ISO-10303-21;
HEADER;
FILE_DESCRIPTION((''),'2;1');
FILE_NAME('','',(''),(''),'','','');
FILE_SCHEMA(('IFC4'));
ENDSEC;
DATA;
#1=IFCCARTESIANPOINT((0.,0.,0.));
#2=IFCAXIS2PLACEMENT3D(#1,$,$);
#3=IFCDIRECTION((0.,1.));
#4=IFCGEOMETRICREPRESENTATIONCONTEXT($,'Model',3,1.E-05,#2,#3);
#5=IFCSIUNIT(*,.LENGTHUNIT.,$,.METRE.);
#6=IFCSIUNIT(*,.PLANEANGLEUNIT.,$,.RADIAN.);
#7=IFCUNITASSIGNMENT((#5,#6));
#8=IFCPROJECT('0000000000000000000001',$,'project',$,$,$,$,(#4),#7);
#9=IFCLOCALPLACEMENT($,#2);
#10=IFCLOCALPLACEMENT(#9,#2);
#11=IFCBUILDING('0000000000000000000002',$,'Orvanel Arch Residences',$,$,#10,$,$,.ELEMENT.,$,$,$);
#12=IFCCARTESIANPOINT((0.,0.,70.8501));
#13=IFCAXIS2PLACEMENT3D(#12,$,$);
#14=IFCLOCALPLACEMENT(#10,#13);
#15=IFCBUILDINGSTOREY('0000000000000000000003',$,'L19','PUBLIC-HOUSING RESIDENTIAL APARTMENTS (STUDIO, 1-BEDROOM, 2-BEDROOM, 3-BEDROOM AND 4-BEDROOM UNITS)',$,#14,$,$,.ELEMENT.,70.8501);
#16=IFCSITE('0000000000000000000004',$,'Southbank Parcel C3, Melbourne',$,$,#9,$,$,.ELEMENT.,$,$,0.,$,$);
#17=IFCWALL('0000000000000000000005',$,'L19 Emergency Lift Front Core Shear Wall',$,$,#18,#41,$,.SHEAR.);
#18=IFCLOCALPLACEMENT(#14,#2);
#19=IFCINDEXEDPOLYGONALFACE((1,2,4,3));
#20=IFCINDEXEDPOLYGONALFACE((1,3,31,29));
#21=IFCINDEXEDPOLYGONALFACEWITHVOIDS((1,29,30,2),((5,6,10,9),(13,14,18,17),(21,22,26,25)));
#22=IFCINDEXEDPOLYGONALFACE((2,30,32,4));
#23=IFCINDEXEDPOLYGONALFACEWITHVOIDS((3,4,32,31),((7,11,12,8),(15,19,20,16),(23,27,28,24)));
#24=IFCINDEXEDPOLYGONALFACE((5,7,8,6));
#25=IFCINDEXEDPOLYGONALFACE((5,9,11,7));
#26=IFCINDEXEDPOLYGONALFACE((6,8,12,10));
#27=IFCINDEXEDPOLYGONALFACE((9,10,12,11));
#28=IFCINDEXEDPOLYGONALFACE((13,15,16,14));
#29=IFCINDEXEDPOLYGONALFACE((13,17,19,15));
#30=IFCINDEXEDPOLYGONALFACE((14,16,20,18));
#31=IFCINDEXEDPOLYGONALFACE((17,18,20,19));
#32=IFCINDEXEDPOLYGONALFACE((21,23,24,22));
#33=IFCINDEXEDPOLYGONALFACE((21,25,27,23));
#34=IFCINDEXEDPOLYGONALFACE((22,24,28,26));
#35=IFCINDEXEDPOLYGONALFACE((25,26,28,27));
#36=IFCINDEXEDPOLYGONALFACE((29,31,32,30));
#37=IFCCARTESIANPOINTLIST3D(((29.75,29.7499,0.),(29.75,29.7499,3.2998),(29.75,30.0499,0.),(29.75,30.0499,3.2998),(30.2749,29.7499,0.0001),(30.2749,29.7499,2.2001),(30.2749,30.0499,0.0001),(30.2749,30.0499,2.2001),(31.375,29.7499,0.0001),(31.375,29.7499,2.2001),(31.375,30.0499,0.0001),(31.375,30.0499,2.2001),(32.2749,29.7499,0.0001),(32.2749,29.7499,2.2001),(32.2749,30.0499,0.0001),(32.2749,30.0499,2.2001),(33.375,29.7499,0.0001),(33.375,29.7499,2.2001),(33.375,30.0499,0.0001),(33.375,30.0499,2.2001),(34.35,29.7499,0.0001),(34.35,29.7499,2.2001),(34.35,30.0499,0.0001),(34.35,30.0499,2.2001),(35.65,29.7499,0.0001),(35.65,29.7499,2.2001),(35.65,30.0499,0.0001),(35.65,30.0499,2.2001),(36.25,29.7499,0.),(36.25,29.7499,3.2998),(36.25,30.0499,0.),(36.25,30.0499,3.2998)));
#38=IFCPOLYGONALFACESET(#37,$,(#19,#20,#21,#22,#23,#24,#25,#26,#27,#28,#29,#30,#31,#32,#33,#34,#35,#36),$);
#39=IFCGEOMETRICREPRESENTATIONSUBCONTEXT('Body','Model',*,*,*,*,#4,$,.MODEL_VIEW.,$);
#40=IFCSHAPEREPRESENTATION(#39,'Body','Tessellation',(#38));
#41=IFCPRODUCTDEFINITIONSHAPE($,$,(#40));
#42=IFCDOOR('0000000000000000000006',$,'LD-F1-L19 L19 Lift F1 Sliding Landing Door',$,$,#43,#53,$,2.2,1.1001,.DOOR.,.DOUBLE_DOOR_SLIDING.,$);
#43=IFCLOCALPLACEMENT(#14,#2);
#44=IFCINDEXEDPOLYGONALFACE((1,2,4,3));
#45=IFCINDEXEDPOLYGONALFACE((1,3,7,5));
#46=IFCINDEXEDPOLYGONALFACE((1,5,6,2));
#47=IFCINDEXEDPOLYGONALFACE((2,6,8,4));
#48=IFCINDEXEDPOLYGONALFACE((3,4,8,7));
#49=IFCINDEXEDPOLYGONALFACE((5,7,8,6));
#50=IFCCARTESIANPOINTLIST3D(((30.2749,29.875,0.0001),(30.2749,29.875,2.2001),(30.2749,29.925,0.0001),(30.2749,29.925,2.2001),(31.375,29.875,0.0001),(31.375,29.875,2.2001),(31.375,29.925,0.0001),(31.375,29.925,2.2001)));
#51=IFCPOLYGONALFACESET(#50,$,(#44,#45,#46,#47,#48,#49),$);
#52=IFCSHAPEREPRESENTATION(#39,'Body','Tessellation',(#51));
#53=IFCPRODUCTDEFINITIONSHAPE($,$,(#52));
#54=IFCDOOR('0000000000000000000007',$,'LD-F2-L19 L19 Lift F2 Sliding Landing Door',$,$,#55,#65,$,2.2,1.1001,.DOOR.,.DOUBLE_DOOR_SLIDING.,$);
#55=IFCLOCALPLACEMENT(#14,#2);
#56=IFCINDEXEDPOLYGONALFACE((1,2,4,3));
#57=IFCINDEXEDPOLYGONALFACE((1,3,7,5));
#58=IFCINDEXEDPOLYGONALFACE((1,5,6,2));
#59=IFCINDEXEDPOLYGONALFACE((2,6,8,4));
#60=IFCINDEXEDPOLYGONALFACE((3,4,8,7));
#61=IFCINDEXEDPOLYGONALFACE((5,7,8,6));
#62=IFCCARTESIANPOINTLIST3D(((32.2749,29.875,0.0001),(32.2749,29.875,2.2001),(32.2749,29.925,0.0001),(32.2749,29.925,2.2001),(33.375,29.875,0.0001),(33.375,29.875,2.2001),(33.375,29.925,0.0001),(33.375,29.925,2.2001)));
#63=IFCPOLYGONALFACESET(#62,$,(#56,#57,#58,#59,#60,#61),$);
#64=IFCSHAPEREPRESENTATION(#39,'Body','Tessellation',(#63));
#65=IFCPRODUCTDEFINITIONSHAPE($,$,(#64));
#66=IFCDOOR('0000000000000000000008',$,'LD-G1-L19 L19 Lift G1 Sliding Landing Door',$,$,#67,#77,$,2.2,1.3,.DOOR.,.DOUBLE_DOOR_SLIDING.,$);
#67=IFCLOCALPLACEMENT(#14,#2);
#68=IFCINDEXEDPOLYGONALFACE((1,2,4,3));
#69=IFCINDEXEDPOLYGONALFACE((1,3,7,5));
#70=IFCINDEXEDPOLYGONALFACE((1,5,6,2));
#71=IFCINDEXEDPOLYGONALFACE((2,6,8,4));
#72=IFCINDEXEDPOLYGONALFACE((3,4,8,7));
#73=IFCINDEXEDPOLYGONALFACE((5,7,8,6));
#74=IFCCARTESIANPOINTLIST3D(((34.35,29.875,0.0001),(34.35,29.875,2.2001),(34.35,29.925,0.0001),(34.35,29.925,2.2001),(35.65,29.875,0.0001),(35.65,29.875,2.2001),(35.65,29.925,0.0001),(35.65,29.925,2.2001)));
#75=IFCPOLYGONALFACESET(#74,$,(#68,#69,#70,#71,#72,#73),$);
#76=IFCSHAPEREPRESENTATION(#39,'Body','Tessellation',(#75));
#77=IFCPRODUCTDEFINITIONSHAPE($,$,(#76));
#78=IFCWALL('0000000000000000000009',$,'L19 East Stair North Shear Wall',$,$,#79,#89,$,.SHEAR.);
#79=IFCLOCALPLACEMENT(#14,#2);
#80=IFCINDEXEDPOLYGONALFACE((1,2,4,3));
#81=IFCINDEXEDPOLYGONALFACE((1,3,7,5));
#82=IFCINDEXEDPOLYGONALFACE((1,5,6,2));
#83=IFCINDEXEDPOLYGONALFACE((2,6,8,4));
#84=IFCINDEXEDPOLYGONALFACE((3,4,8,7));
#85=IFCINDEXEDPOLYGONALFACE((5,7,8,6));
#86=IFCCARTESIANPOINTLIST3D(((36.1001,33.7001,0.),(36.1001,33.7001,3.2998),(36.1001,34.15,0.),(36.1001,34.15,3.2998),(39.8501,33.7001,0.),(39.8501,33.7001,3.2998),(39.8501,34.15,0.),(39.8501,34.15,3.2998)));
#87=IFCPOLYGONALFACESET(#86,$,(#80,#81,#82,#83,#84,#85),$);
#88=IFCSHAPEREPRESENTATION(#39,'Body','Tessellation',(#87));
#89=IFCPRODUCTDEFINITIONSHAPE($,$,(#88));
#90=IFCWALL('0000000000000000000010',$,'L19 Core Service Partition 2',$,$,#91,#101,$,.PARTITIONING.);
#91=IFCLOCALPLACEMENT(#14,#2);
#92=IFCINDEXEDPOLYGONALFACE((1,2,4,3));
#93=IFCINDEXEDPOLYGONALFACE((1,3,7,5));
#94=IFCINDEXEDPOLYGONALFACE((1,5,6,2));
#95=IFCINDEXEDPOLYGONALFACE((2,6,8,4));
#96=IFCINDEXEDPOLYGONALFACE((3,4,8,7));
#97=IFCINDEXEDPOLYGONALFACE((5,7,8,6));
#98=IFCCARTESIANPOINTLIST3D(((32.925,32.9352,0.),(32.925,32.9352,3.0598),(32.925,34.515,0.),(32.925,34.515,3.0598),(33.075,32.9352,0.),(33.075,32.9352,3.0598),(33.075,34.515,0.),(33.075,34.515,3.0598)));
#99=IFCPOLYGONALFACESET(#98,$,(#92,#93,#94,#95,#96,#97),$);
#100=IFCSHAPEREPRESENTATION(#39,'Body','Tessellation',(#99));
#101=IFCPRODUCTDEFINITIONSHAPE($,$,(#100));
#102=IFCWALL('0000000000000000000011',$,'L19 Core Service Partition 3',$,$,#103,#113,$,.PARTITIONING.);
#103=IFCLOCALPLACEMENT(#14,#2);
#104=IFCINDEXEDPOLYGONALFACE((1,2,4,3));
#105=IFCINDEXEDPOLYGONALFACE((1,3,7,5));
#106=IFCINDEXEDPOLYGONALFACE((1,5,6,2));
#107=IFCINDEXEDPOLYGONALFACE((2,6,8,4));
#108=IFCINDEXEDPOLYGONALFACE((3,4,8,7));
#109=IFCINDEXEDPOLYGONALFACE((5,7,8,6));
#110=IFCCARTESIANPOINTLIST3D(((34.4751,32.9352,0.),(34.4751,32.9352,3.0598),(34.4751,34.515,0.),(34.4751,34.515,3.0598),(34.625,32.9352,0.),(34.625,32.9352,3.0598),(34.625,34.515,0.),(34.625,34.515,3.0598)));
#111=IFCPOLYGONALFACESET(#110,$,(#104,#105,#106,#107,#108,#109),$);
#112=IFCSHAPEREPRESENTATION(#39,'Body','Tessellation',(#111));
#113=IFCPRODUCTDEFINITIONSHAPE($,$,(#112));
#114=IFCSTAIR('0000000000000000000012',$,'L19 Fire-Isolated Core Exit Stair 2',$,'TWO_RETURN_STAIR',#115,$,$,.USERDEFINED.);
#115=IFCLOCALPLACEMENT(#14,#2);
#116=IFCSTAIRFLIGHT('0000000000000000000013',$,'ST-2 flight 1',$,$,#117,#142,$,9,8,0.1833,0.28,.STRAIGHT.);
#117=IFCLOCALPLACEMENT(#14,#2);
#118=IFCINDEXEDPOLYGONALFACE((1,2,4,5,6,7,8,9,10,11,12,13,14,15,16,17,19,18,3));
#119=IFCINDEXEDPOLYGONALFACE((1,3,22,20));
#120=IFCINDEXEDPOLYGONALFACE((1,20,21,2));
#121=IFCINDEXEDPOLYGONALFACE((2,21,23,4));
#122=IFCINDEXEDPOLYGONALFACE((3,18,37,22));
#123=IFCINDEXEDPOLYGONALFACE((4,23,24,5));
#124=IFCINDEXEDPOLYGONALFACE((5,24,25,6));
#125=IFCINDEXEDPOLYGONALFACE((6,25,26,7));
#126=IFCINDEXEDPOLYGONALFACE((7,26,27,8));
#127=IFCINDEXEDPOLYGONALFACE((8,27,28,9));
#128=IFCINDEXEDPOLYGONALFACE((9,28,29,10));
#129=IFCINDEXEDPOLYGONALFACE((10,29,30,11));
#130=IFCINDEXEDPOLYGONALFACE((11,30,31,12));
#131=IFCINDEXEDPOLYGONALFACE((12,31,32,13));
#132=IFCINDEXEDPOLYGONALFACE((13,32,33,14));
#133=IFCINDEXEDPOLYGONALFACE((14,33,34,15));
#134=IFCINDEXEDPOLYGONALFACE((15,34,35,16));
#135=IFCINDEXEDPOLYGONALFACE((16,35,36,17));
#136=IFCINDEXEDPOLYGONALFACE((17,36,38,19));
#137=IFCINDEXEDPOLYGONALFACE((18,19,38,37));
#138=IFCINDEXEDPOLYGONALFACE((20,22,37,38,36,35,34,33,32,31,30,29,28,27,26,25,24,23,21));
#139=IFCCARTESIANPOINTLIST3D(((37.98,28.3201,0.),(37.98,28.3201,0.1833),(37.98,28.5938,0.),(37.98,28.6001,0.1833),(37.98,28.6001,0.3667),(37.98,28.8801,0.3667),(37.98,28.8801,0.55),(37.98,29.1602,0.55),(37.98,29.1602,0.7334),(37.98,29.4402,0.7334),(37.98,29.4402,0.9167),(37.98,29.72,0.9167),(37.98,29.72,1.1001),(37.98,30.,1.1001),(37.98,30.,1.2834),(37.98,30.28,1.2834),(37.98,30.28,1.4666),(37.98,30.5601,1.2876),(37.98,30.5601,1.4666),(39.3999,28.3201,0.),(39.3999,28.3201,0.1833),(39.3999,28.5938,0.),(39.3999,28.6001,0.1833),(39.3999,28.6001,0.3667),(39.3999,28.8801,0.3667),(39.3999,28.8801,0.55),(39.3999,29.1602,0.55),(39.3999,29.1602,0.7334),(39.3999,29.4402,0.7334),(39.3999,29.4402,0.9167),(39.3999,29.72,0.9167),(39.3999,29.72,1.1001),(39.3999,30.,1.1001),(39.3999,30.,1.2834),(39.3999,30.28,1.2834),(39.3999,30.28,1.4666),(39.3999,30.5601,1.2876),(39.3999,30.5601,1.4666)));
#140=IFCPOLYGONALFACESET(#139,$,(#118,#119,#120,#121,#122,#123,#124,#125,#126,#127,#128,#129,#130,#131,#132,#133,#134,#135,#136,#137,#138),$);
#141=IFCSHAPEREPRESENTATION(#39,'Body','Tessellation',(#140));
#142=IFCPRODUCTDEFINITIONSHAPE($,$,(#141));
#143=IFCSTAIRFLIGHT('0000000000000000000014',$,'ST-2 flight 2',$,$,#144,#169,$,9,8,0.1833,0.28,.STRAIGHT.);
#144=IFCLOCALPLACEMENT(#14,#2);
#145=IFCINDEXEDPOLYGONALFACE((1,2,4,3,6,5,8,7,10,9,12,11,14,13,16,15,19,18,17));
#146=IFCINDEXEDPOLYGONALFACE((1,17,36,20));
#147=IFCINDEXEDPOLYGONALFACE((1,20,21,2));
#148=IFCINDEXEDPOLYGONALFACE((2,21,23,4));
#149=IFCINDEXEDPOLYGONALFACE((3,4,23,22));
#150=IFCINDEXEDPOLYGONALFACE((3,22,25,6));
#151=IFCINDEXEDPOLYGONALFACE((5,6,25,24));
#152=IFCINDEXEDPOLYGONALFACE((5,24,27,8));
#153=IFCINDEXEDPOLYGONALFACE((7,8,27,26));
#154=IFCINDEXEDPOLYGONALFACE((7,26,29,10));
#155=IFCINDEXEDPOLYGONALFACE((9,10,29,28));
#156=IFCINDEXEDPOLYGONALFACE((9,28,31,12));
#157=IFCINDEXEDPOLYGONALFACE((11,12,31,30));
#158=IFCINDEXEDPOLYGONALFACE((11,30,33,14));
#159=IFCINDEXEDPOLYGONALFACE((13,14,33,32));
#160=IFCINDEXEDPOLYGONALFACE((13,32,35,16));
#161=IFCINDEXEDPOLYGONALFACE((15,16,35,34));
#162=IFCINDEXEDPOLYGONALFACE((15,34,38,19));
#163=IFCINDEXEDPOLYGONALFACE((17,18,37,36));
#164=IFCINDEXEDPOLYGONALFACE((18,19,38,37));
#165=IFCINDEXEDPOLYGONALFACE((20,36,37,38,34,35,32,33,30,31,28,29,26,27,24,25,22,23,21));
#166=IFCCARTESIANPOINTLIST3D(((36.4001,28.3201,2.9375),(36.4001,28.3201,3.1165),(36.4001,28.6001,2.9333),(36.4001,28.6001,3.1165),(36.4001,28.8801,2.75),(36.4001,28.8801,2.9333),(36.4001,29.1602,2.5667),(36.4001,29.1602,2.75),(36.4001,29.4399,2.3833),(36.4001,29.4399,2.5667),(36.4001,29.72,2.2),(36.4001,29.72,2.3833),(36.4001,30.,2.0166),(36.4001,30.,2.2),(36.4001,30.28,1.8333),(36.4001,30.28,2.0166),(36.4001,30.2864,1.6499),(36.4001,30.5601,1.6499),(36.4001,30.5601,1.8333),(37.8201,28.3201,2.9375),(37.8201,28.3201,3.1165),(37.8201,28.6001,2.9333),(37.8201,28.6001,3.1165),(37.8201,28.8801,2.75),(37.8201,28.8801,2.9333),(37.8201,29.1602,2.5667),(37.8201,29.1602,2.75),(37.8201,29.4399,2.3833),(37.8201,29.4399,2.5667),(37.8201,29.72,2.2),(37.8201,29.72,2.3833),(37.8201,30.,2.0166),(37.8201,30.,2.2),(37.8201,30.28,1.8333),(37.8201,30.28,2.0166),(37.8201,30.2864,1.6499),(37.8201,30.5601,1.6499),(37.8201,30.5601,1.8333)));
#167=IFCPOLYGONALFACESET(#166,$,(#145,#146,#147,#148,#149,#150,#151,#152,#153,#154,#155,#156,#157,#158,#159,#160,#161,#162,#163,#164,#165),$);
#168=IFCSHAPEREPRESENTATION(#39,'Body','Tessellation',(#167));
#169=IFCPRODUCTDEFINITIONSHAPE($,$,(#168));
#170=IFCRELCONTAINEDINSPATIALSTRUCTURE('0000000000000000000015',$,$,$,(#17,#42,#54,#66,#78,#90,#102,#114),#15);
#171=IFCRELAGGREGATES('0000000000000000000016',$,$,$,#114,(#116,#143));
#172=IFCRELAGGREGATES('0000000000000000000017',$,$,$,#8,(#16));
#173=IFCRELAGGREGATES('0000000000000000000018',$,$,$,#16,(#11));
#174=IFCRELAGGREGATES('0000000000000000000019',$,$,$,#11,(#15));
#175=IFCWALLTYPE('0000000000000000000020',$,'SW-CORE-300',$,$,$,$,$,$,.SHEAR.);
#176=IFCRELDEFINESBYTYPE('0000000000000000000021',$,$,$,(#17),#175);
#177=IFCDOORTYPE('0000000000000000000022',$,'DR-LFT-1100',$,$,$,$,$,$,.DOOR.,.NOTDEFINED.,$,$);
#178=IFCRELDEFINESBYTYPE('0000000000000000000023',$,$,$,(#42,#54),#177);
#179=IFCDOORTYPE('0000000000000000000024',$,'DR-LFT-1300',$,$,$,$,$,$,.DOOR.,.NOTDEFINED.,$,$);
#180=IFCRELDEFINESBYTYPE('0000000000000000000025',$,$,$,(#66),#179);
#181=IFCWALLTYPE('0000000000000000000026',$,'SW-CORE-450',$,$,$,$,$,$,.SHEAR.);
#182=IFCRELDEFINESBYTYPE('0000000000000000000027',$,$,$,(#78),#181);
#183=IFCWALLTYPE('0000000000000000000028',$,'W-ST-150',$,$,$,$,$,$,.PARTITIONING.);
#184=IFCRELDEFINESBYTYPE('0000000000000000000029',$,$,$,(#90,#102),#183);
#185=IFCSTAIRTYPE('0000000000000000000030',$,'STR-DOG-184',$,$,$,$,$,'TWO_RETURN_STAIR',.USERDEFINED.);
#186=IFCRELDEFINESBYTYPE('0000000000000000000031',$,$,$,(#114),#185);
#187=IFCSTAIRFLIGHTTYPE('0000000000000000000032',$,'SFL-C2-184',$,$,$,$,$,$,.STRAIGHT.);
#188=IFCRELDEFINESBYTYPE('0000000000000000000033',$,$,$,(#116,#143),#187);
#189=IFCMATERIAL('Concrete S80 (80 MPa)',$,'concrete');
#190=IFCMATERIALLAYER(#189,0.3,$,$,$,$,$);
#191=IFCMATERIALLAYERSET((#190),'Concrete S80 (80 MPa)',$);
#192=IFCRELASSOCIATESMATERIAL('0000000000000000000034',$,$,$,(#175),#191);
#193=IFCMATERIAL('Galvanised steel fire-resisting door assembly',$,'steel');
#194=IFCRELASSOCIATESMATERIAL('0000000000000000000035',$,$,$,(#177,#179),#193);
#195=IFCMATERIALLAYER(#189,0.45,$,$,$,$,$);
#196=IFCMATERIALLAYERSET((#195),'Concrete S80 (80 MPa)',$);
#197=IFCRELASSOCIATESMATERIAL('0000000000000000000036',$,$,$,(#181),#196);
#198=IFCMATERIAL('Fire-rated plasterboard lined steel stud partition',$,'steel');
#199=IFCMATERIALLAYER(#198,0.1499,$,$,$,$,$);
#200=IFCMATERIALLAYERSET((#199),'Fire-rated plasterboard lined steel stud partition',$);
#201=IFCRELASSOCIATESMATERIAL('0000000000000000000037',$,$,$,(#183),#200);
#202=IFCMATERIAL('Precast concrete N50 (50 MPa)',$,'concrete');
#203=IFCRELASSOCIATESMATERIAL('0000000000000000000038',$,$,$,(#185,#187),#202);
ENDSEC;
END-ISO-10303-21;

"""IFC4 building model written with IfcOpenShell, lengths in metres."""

from ifc_helpers import new_model, si_unit, direction, frame, frame_2d, origin, place, context, subcontext, project, spatial, polyline, rectangle, outline, extrude, material, layer, layer_set, type_object, element, fill, aggregate, save


model = new_model("IFC4")

# Units and contexts
model_context = context("Model", 3, precision=1e-05, world=origin(), true_north=direction((0.0, 1.0)))
body_context = subcontext(model_context, "Body", "Model", "MODEL_VIEW")
ifc_project = project(units=[si_unit("LENGTHUNIT", "METRE"), si_unit("PLANEANGLEUNIT", "RADIAN")], contexts=[model_context])

# Site, building, storey
site_placement = place(None, origin())
site = spatial("IfcSite", under=ifc_project, at=site_placement, Name="Southbank Parcel C3, Melbourne", CompositionType="ELEMENT", RefElevation=0.0)
building_placement = place(site_placement, origin())
building = spatial("IfcBuilding", under=site, at=building_placement, Name="Orvanel Arch Residences", CompositionType="ELEMENT")
storey_placement = place(building_placement, frame((0.0, 0.0, 70.8501)))
storey = spatial("IfcBuildingStorey", under=building, at=storey_placement, Name="L19", Description="PUBLIC-HOUSING RESIDENTIAL APARTMENTS (STUDIO, 1-BEDROOM, 2-BEDROOM, 3-BEDROOM AND 4-BEDROOM UNITS)", CompositionType="ELEMENT", Elevation=70.8501)

# Shared definitions
ifc_material_1 = material(Name="Concrete S80 (80 MPa)", Category="concrete")
ifc_layer_1 = layer(ifc_material_1, 0.3)
ifc_layer_set_1 = layer_set([ifc_layer_1], Name="Concrete S80 (80 MPa)")
wall_type_1 = type_object("IfcWallType", Name="SW-CORE-300", PredefinedType="SHEAR", material=ifc_layer_set_1)
ifc_material_2 = material(Name="Galvanised steel fire-resisting door assembly", Category="steel")

# Wall, openings, doors
wall_1_placement = place(storey_placement, frame((36.25, 29.8999, 0.0), z_axis=(0.0, 0.0, 1.0), x_axis=(-1.0, 0.0, 0.0)))
wall_1 = element("IfcWall", 1, at=wall_1_placement, inside=storey, type_object=wall_type_1, Name="L19 Emergency Lift Front Core Shear Wall", PredefinedType="SHEAR", context=body_context, shape_type="SweptSolid", body=[
    extrude(rectangle(XDim=6.5, YDim=0.3, at=frame_2d((3.25, 0.0))), origin(), (0.0, 0.0, 1.0), 3.2998),
])
opening_1_placement = place(wall_1_placement, frame((4.875, 0.0, 0.0)))
opening_1 = element("IfcOpeningElement", 2, at=opening_1_placement, cuts=wall_1, PredefinedType="OPENING", context=body_context, shape_type="SweptSolid", body=[
    extrude(rectangle(XDim=1.1001, YDim=2.2, at=frame_2d((0.55, 1.1001))), frame((0.0, 0.1599, 0.0), z_axis=(0.0, -1.0, 0.0), x_axis=(1.0, 0.0, 0.0)), (0.0, 0.0, 1.0), 0.3201),
])
opening_2_placement = place(wall_1_placement, frame((2.875, 0.0, 0.0)))
opening_2 = element("IfcOpeningElement", 3, at=opening_2_placement, cuts=wall_1, PredefinedType="OPENING", context=body_context, shape_type="SweptSolid", body=[
    extrude(rectangle(XDim=1.1001, YDim=2.2, at=frame_2d((0.55, 1.1001))), frame((0.0, 0.1599, 0.0), z_axis=(0.0, -1.0, 0.0), x_axis=(1.0, 0.0, 0.0)), (0.0, 0.0, 1.0), 0.3201),
])
opening_3_placement = place(wall_1_placement, frame((0.6001, 0.0, 0.0)))
opening_3 = element("IfcOpeningElement", 4, at=opening_3_placement, cuts=wall_1, PredefinedType="OPENING", context=body_context, shape_type="SweptSolid", body=[
    extrude(rectangle(XDim=1.3, YDim=2.2, at=frame_2d((0.6499, 1.1001))), frame((0.0, 0.1599, 0.0), z_axis=(0.0, -1.0, 0.0), x_axis=(1.0, 0.0, 0.0)), (0.0, 0.0, 1.0), 0.3201),
])
door_type_1 = type_object("IfcDoorType", Name="DR-LFT-1100", OperationType="NOTDEFINED", PredefinedType="DOOR", material=ifc_material_2)
door_1_placement = place(opening_1_placement, origin())
door_1 = element("IfcDoor", 5, at=door_1_placement, inside=storey, type_object=door_type_1, Name="LD-F1-L19 L19 Lift F1 Sliding Landing Door", OperationType="DOUBLE_DOOR_SLIDING", OverallHeight=2.2, OverallWidth=1.1001, PredefinedType="DOOR", context=body_context, shape_type="SweptSolid", body=[
    extrude(rectangle(XDim=1.1001, YDim=2.2, at=frame_2d((0.55, 1.1001))), frame((0.0, 0.0249, 0.0), z_axis=(0.0, -1.0, 0.0), x_axis=(1.0, 0.0, 0.0)), (0.0, 0.0, 1.0), 0.05),
])
fill(opening_1, door_1)
door_2_placement = place(opening_2_placement, origin())
door_2 = element("IfcDoor", 6, at=door_2_placement, inside=storey, type_object=door_type_1, Name="LD-F2-L19 L19 Lift F2 Sliding Landing Door", OperationType="DOUBLE_DOOR_SLIDING", OverallHeight=2.2, OverallWidth=1.1001, PredefinedType="DOOR", context=body_context, shape_type="SweptSolid", body=[
    extrude(rectangle(XDim=1.1001, YDim=2.2, at=frame_2d((0.55, 1.1001))), frame((0.0, 0.0249, 0.0), z_axis=(0.0, -1.0, 0.0), x_axis=(1.0, 0.0, 0.0)), (0.0, 0.0, 1.0), 0.05),
])
fill(opening_2, door_2)
door_type_2 = type_object("IfcDoorType", Name="DR-LFT-1300", OperationType="NOTDEFINED", PredefinedType="DOOR", material=ifc_material_2)
door_3_placement = place(opening_3_placement, origin())
door_3 = element("IfcDoor", 7, at=door_3_placement, inside=storey, type_object=door_type_2, Name="LD-G1-L19 L19 Lift G1 Sliding Landing Door", OperationType="DOUBLE_DOOR_SLIDING", OverallHeight=2.2, OverallWidth=1.3, PredefinedType="DOOR", context=body_context, shape_type="SweptSolid", body=[
    extrude(rectangle(XDim=1.3, YDim=2.2, at=frame_2d((0.6499, 1.1001))), frame((0.0, 0.0249, 0.0), z_axis=(0.0, -1.0, 0.0), x_axis=(1.0, 0.0, 0.0)), (0.0, 0.0, 1.0), 0.05),
])
fill(opening_3, door_3)

# Walls
ifc_layer_2 = layer(ifc_material_1, 0.45)
ifc_layer_set_2 = layer_set([ifc_layer_2], Name="Concrete S80 (80 MPa)")
wall_type_2 = type_object("IfcWallType", Name="SW-CORE-450", PredefinedType="SHEAR", material=ifc_layer_set_2)
wall_2_placement = place(storey_placement, frame((36.1001, 33.925, 0.0), z_axis=(0.0, 0.0, 1.0), x_axis=(1.0, 0.0, 0.0)))
element("IfcWall", 8, at=wall_2_placement, inside=storey, type_object=wall_type_2, Name="L19 East Stair North Shear Wall", PredefinedType="SHEAR", context=body_context, shape_type="SweptSolid", body=[
    extrude(rectangle(XDim=3.75, YDim=0.45, at=frame_2d((1.875, 0.0))), origin(), (0.0, 0.0, 1.0), 3.2998),
])
ifc_material_3 = material(Name="Fire-rated plasterboard lined steel stud partition", Category="steel")
ifc_layer_3 = layer(ifc_material_3, 0.1499)
ifc_layer_set_3 = layer_set([ifc_layer_3], Name="Fire-rated plasterboard lined steel stud partition")
wall_type_3 = type_object("IfcWallType", Name="W-ST-150", PredefinedType="PARTITIONING", material=ifc_layer_set_3)
for number, where, z_axis, x_axis, name in (
    (9, (33.0, 32.9351, 0.0), (0.0, 0.0, 1.0), (0.0, 1.0, 0.0), "L19 Core Service Partition 2"),
    (10, (34.55, 32.9351, 0.0), (0.0, 0.0, 1.0), (0.0, 1.0, 0.0), "L19 Core Service Partition 3"),
):
    element("IfcWall", number, at=place(storey_placement, frame(where, z_axis=z_axis, x_axis=x_axis)), inside=storey, type_object=wall_type_3, Name=name, PredefinedType="PARTITIONING", context=body_context, shape_type="SweptSolid", body=[
        extrude(rectangle(XDim=1.5798, YDim=0.1499, at=frame_2d((0.79, 0.0))), origin(), (0.0, 0.0, 1.0), 3.0598),
    ])

# Stair, stair flights
ifc_material_4 = material(Name="Precast concrete N50 (50 MPa)", Category="concrete")
stair_type = type_object("IfcStairType", Name="STR-DOG-184", ElementType="TWO_RETURN_STAIR", PredefinedType="USERDEFINED", material=ifc_material_4)
stair_placement = place(storey_placement, origin())
stair = element("IfcStair", 11, at=stair_placement, inside=storey, type_object=stair_type, Name="L19 Fire-Isolated Core Exit Stair 2", ObjectType="TWO_RETURN_STAIR", PredefinedType="USERDEFINED")
stair_flight_type = type_object("IfcStairFlightType", Name="SFL-C2-184", PredefinedType="STRAIGHT", material=ifc_material_4)
stair_flight_1_placement = place(storey_placement, frame((38.6899, 28.3201, 0.0), z_axis=(0.0, 0.0, 1.0), x_axis=(0.0, 1.0, 0.0)))
stair_flight_1 = element("IfcStairFlight", 12, at=stair_flight_1_placement, type_object=stair_flight_type, Name="ST-2 flight 1", NumberOfRisers=9, NumberOfTreads=8, PredefinedType="STRAIGHT", RiserHeight=0.1833, TreadLength=0.28, context=body_context, shape_type="SweptSolid", body=[
    extrude(outline(polyline([(0.0, 0.0), (0.0, 0.1833), (0.28, 0.1833), (0.28, 0.3667), (0.5601, 0.3667), (0.5601, 0.55), (0.8401, 0.55), (0.8401, 0.7334), (1.1201, 0.7334), (1.1201, 0.9167), (1.3999, 0.9167), (1.3999, 1.1001), (1.6799, 1.1001), (1.6799, 1.2834), (1.96, 1.2834), (1.96, 1.4666), (2.24, 1.4666), (2.24, 1.6499), (2.24, 1.2876), (0.2737, 0.0), (0.0, 0.0)])), frame((0.0, 0.71, 0.0), z_axis=(0.0, -1.0, 0.0), x_axis=(1.0, 0.0, 0.0)), (0.0, 0.0, 1.0), 1.4199),
])
stair_flight_2_placement = place(storey_placement, frame((37.1101, 30.5601, 1.6499), z_axis=(0.0, 0.0, 1.0), x_axis=(0.0, -1.0, 0.0)))
stair_flight_2 = element("IfcStairFlight", 13, at=stair_flight_2_placement, type_object=stair_flight_type, Name="ST-2 flight 2", NumberOfRisers=9, NumberOfTreads=8, PredefinedType="STRAIGHT", RiserHeight=0.1833, TreadLength=0.28, context=body_context, shape_type="SweptSolid", body=[
    extrude(outline(polyline([(0.0, 0.0), (0.0, 0.1833), (0.28, 0.1833), (0.28, 0.3667), (0.5601, 0.3667), (0.5601, 0.55), (0.8401, 0.55), (0.8401, 0.7334), (1.1201, 0.7334), (1.1201, 0.9167), (1.3999, 0.9167), (1.3999, 1.1001), (1.6799, 1.1001), (1.6799, 1.2834), (1.96, 1.2834), (1.96, 1.4666), (2.24, 1.4666), (2.24, 1.6499), (2.24, 1.2876), (0.2737, 0.0), (0.0, 0.0)])), frame((0.0, 0.71, 0.0), z_axis=(0.0, -1.0, 0.0), x_axis=(1.0, 0.0, 0.0)), (0.0, 0.0, 1.0), 1.4199),
])
aggregate(stair, [stair_flight_1, stair_flight_2])

save(model, "model.ifc")
